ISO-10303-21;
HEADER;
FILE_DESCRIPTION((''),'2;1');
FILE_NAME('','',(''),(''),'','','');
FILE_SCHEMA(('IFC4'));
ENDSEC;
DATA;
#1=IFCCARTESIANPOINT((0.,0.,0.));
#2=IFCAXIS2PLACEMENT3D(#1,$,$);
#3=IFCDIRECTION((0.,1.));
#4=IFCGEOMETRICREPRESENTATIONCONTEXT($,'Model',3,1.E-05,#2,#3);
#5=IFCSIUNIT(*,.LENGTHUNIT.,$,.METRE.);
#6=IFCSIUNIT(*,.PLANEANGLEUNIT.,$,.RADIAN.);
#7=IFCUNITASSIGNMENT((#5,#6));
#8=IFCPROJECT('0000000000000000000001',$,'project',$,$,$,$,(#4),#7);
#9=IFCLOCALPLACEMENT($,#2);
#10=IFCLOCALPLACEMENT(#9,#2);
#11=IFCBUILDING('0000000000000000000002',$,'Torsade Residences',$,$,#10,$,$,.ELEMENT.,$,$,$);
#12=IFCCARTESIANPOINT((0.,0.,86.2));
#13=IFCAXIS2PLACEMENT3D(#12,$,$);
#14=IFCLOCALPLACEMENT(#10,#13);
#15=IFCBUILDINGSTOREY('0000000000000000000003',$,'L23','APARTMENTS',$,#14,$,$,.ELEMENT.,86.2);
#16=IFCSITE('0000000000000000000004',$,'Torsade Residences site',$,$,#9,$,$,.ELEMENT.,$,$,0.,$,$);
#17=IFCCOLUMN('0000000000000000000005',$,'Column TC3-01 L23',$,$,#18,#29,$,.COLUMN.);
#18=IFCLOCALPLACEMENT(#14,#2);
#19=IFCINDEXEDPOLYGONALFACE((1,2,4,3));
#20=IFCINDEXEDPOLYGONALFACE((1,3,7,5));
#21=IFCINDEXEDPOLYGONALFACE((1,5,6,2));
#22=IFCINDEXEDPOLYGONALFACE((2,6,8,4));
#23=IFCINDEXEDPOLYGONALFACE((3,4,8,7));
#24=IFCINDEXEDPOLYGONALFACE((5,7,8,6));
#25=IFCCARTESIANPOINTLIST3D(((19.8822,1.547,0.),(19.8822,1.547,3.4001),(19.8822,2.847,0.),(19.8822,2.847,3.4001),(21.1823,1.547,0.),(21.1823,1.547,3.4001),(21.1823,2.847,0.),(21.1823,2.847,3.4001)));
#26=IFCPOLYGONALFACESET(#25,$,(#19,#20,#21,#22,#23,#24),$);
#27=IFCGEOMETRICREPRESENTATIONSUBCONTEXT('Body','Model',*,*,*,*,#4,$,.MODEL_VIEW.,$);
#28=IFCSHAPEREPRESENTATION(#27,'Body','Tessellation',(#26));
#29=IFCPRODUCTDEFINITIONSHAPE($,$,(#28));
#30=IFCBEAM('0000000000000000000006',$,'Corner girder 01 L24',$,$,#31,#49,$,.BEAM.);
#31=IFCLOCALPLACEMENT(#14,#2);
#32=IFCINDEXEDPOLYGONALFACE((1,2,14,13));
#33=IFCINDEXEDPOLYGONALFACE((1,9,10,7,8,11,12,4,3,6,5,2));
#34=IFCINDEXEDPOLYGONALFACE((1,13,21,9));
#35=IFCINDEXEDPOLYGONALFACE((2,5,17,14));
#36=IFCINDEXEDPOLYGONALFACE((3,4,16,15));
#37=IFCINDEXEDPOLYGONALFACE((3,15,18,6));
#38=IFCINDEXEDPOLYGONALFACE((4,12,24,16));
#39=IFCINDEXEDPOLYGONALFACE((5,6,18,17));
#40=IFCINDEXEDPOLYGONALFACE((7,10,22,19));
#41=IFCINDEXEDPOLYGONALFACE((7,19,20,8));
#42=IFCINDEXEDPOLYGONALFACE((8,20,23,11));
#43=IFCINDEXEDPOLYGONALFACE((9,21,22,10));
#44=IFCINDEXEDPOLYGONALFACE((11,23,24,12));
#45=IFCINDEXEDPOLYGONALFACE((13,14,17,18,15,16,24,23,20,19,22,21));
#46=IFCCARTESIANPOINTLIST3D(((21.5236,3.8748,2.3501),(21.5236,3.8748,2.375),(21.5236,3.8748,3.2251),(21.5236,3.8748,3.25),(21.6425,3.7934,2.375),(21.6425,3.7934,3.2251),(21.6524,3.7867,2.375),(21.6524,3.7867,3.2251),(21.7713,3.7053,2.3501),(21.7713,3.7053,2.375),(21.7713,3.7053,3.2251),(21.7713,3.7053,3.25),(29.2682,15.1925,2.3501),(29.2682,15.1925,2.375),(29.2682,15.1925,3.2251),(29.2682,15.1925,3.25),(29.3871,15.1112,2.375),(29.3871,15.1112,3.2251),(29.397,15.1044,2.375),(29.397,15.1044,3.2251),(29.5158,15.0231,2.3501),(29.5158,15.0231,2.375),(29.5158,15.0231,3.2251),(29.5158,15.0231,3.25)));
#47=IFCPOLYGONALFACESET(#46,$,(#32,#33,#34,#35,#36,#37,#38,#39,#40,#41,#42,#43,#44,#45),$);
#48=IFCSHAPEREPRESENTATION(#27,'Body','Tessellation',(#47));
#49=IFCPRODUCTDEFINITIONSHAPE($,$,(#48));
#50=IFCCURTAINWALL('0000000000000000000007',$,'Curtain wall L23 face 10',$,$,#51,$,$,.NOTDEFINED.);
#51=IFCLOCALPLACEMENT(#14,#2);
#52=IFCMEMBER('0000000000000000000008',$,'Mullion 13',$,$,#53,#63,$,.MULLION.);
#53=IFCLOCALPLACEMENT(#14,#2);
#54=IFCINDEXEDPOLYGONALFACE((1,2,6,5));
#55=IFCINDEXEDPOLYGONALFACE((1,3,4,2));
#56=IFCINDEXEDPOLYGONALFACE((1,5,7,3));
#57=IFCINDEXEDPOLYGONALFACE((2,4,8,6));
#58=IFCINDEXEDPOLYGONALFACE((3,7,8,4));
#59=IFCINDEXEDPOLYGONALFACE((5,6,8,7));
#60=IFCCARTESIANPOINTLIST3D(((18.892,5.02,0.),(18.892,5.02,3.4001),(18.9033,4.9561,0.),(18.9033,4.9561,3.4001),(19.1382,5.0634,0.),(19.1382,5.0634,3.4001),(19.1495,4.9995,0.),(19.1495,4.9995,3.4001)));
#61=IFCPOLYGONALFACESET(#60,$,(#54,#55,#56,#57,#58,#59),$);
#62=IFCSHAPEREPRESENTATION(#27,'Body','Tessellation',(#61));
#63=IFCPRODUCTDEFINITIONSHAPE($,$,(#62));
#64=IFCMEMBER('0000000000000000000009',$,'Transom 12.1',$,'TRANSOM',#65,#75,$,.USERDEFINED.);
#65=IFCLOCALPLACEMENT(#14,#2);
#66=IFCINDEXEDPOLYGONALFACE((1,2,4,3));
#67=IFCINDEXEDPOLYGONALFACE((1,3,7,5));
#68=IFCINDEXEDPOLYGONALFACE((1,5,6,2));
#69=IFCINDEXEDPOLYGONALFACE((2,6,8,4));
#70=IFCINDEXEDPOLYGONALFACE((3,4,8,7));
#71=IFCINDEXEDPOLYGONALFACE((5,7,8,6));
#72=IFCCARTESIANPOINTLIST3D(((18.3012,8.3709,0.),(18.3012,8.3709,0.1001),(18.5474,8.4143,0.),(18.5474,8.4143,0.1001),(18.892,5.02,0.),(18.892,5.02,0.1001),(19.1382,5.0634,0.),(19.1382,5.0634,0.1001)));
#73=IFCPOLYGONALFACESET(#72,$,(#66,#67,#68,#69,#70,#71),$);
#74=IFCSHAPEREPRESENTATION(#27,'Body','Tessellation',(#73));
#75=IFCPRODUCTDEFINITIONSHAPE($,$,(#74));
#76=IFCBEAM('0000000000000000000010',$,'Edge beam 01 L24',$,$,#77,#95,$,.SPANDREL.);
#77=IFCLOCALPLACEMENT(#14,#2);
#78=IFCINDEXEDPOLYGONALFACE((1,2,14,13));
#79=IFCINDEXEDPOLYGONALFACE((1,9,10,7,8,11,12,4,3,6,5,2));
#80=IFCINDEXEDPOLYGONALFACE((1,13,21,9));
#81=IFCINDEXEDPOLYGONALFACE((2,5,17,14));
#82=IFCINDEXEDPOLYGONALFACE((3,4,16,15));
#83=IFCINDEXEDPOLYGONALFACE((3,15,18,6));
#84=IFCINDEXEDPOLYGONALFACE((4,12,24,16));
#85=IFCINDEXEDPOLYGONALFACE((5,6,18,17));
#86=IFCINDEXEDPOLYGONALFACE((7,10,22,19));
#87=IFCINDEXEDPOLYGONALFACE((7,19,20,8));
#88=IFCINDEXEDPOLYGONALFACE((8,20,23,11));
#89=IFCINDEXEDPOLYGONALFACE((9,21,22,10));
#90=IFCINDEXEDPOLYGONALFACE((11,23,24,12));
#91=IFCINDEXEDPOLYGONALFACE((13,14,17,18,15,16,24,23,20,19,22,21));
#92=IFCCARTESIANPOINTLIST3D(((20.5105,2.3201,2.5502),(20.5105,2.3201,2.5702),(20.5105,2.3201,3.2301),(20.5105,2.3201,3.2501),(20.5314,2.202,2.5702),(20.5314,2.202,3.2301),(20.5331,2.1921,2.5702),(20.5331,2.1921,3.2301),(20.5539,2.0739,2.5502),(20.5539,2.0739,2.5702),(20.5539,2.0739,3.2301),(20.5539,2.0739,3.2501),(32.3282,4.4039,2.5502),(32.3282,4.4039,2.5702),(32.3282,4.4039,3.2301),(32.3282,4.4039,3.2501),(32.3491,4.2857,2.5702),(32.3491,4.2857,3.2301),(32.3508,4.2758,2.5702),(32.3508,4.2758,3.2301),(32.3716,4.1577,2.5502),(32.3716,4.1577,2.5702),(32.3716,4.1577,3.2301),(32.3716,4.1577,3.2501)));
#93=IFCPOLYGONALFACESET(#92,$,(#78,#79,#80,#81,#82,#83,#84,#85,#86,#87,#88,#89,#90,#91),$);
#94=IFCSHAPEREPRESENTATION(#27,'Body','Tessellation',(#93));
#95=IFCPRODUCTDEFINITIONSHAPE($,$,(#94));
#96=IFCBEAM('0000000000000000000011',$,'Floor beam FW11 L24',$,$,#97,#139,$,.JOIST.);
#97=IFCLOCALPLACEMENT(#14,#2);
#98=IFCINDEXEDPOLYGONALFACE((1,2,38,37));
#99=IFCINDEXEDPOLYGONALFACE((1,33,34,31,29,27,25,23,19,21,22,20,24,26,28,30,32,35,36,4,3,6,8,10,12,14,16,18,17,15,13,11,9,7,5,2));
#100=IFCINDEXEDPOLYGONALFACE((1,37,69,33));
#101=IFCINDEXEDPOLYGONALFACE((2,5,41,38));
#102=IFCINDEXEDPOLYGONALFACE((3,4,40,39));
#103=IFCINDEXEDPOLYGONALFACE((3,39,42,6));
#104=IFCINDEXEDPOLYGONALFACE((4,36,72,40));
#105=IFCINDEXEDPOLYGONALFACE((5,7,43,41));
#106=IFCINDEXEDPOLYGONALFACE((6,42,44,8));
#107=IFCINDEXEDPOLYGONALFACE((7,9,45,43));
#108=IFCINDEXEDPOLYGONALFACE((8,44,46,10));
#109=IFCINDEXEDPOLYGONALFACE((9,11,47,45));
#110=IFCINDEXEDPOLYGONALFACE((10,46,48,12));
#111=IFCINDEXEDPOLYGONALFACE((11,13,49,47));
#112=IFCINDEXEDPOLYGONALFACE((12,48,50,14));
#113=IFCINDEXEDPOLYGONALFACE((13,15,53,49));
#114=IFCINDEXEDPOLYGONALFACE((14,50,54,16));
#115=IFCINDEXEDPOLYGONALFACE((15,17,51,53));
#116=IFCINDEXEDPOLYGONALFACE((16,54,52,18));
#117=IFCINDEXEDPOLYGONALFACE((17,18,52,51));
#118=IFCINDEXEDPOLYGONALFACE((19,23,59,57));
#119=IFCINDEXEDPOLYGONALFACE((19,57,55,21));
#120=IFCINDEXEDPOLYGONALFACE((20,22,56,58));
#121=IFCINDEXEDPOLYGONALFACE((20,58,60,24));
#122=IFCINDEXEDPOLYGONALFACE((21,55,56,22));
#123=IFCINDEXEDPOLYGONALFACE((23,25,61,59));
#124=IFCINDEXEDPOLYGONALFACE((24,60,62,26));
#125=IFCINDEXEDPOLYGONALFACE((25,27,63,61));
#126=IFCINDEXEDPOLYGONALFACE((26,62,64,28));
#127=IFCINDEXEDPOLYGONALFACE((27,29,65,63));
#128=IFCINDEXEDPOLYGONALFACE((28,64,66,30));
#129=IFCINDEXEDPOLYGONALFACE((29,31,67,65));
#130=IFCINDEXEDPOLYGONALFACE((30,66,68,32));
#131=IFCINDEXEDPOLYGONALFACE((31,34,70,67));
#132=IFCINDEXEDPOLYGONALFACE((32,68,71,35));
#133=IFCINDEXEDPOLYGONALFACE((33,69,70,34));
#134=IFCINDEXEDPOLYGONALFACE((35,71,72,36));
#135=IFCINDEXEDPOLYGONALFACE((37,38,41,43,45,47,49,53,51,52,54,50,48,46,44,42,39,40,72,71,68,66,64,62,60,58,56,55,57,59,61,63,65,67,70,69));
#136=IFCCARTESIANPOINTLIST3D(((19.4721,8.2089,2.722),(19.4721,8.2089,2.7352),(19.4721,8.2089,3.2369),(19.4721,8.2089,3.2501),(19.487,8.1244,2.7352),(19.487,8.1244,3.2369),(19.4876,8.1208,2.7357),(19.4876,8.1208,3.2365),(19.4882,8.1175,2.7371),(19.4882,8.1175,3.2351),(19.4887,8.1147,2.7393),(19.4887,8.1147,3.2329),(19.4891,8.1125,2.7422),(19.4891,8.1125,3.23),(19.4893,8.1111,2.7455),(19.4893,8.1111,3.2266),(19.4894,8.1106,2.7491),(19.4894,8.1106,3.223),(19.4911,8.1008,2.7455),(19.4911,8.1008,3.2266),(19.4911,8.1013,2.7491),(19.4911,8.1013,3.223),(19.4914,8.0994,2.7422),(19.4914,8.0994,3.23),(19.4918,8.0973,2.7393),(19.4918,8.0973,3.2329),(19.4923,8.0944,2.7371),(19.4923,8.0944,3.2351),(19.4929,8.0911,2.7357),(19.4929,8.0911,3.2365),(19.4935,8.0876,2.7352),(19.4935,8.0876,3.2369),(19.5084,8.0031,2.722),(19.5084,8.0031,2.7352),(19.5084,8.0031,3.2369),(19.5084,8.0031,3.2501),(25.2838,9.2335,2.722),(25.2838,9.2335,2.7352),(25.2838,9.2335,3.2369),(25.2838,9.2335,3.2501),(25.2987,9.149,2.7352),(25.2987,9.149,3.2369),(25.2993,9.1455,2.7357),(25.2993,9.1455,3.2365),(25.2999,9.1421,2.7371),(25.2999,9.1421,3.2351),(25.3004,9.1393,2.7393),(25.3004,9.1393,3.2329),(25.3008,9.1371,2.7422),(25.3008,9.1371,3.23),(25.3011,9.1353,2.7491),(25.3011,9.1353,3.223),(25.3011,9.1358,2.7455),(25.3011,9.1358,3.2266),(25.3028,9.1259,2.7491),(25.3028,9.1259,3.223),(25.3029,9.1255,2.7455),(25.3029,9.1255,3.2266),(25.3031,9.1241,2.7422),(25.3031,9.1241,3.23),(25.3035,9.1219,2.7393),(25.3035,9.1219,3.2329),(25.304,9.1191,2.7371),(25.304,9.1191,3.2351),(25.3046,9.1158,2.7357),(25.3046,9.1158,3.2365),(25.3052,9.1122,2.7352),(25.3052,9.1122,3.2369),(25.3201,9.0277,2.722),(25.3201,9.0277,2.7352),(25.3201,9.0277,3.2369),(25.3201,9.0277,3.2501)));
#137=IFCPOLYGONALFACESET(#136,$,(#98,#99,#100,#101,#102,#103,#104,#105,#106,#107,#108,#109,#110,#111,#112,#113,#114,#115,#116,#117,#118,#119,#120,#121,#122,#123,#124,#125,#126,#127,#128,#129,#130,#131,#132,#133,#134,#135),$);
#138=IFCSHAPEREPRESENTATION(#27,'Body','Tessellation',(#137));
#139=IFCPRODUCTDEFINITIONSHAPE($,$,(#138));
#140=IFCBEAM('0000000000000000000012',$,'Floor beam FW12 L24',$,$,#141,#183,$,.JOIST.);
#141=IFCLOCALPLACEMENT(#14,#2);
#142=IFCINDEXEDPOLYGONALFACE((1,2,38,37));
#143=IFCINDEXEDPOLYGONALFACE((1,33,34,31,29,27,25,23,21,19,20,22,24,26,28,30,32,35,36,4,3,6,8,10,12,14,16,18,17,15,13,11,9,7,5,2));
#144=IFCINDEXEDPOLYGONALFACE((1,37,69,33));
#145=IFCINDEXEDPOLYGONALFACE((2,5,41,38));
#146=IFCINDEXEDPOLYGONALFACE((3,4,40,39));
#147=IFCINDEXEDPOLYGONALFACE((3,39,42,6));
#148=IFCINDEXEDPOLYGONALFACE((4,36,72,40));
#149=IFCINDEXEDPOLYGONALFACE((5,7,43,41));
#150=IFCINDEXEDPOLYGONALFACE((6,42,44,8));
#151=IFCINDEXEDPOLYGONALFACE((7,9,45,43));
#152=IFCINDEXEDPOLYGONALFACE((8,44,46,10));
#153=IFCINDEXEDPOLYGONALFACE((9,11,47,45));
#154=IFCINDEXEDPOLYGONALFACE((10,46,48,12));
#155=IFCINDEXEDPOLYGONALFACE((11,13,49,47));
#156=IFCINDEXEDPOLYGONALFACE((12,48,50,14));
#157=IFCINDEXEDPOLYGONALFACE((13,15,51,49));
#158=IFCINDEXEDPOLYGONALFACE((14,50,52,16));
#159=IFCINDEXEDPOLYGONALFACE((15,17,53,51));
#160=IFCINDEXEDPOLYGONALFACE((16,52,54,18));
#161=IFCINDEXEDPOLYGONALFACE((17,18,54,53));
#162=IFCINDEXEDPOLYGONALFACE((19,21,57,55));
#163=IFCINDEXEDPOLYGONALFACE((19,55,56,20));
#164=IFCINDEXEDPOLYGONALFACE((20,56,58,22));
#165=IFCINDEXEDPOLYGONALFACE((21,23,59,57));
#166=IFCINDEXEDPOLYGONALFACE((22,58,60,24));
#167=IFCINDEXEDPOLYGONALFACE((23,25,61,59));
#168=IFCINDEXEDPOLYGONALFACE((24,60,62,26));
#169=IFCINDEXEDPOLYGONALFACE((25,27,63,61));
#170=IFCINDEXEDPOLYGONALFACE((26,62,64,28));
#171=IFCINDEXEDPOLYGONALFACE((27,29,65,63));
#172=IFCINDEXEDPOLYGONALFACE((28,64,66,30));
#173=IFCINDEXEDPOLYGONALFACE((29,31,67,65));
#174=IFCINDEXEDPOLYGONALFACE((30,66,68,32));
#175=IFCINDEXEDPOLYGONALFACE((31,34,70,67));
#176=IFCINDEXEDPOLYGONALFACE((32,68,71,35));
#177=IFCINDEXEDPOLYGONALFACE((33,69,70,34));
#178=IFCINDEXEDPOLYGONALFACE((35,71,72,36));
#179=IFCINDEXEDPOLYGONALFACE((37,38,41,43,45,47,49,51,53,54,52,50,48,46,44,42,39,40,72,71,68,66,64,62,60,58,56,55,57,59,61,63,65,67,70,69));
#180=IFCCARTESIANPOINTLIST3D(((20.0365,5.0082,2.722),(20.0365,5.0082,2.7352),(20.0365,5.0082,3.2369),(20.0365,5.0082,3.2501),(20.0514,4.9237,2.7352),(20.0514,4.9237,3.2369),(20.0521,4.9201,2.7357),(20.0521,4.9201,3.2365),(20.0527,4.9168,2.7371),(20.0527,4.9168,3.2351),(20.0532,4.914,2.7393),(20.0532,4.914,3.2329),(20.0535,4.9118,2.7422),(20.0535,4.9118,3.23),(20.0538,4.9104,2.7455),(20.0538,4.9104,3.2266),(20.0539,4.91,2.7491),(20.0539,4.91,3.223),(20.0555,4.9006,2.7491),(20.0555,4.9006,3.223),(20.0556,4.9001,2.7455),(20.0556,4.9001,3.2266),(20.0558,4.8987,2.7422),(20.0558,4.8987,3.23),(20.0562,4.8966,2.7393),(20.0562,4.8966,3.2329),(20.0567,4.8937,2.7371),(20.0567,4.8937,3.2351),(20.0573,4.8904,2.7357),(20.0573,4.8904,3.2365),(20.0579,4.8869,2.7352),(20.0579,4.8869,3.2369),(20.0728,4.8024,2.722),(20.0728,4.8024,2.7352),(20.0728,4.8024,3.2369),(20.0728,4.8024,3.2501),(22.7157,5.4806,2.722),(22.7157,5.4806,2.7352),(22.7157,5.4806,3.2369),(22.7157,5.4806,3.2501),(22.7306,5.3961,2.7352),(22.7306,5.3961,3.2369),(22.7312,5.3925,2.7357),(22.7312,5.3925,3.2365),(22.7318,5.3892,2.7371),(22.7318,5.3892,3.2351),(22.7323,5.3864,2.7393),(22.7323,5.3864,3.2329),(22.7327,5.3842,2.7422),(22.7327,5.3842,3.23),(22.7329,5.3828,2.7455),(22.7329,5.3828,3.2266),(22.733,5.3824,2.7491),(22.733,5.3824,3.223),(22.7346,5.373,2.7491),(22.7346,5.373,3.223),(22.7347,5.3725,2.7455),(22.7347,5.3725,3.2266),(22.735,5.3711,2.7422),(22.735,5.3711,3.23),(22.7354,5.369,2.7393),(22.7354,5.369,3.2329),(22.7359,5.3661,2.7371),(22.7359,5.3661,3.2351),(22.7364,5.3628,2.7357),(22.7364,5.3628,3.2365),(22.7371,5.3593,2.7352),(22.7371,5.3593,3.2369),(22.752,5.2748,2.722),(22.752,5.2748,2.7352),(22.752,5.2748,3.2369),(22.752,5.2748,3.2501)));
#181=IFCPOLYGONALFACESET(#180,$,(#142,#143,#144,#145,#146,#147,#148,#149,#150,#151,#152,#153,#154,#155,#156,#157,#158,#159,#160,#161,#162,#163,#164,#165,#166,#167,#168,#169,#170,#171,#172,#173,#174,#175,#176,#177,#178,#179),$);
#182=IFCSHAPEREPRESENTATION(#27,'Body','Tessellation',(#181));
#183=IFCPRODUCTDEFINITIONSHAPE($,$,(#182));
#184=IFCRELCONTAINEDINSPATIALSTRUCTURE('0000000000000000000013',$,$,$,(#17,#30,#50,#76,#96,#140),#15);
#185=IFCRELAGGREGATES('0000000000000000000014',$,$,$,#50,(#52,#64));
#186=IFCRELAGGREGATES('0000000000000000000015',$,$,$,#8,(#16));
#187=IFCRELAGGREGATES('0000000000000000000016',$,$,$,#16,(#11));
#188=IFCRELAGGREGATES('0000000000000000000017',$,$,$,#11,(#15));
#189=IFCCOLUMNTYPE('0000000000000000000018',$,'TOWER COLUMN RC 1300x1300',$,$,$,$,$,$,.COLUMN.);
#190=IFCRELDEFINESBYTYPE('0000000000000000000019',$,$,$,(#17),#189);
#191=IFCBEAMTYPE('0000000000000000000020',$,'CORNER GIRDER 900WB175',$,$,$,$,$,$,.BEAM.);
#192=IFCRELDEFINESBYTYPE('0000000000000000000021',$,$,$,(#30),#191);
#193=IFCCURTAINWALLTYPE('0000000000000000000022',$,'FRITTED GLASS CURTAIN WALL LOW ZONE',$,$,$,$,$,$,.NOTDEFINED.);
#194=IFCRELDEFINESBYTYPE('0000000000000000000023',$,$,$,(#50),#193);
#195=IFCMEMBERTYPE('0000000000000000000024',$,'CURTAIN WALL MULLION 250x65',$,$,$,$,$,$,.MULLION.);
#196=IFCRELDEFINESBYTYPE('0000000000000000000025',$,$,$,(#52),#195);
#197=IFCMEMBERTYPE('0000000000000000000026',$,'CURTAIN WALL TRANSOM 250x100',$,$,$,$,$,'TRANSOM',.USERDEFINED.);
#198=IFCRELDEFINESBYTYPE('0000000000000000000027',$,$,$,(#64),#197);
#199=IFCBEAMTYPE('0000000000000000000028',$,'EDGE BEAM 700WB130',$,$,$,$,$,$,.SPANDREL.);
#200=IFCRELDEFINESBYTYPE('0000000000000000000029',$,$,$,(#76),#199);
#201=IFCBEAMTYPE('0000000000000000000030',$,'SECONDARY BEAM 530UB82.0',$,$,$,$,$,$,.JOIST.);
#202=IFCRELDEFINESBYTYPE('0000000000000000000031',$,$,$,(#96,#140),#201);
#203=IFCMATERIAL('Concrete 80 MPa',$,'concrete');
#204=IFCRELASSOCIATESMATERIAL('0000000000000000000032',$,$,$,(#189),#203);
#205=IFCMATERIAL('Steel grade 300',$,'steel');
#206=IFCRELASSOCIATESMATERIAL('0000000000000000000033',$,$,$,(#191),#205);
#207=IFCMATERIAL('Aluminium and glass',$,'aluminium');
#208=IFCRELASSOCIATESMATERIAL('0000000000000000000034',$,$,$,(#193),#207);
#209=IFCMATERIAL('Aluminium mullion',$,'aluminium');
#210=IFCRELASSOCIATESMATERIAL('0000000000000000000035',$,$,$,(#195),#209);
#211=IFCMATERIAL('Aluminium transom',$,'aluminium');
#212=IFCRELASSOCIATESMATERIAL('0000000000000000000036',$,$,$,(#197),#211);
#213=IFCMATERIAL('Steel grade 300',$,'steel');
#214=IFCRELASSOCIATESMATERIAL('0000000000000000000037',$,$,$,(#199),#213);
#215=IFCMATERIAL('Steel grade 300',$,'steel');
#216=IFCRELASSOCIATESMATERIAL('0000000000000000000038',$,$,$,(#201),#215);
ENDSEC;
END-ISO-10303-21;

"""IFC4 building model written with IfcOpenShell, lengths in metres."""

from ifc_helpers import new_model, si_unit, direction, frame, origin, origin_2d, place, context, subcontext, project, spatial, rectangle, i_section, extrude, material, material_profile, profile_set, type_object, element, aggregate, save


model = new_model("IFC4")

# Units and contexts
model_context = context("Model", 3, precision=1e-05, world=origin(), true_north=direction((0.0, 1.0)))
body_context = subcontext(model_context, "Body", "Model", "MODEL_VIEW")
ifc_project = project(units=[si_unit("LENGTHUNIT", "METRE"), si_unit("PLANEANGLEUNIT", "RADIAN")], contexts=[model_context])

# Site, building, storey
site_placement = place(None, origin())
site = spatial("IfcSite", under=ifc_project, at=site_placement, Name="Torsade Residences site", CompositionType="ELEMENT", RefElevation=0.0)
building_placement = place(site_placement, origin())
building = spatial("IfcBuilding", under=site, at=building_placement, Name="Torsade Residences", CompositionType="ELEMENT")
storey_placement = place(building_placement, frame((0.0, 0.0, 86.2)))
storey = spatial("IfcBuildingStorey", under=building, at=storey_placement, Name="L23", Description="APARTMENTS", CompositionType="ELEMENT", Elevation=86.2)

# Column
ifc_material_1 = material(Name="Concrete 80 MPa", Category="concrete")
ifc_material_profile_1 = material_profile(ifc_material_1, rectangle(XDim=1.3, YDim=1.3, at=origin_2d()), Name="RC 1300x1300")
ifc_profile_set_1 = profile_set([ifc_material_profile_1], Name="Concrete 80 MPa")
column_type = type_object("IfcColumnType", Name="TOWER COLUMN RC 1300x1300", PredefinedType="COLUMN", material=ifc_profile_set_1)
column_placement = place(storey_placement, frame((20.5322, 2.197, 0.0), z_axis=(0.0, 0.0, 1.0), x_axis=(1.0, 0.0, 0.0)))
element("IfcColumn", 1, at=column_placement, inside=storey, type_object=column_type, Name="Column TC3-01 L23", PredefinedType="COLUMN", context=body_context, shape_type="SweptSolid", body=[
    extrude(rectangle(XDim=1.3, YDim=1.3, at=origin_2d()), origin(), (0.0, 0.0, 1.0), 3.4001),
])

# Beam
ifc_material_2 = material(Name="Steel grade 300", Category="steel")
ifc_material_profile_2 = material_profile(ifc_material_2, i_section(OverallWidth=0.3, OverallDepth=0.8999, WebThickness=0.012, FlangeThickness=0.0249, at=origin_2d()), Name="900WB175")
ifc_profile_set_2 = profile_set([ifc_material_profile_2], Name="Steel grade 300")
beam_type_1 = type_object("IfcBeamType", Name="CORNER GIRDER 900WB175", PredefinedType="BEAM", material=ifc_profile_set_2)
beam_1_placement = place(storey_placement, frame((21.6475, 3.79, 2.8), z_axis=(0.564725, 0.825279, 0.0), x_axis=(-0.825279, 0.564725, 0.0)))
element("IfcBeam", 2, at=beam_1_placement, inside=storey, type_object=beam_type_1, Name="Corner girder 01 L24", PredefinedType="BEAM", context=body_context, shape_type="SweptSolid", body=[
    extrude(i_section(OverallWidth=0.3, OverallDepth=0.8999, WebThickness=0.012, FlangeThickness=0.0249, at=origin_2d()), origin(), (0.0, 0.0, 1.0), 13.7139),
])

# Curtain wall, members
ifc_material_3 = material(Name="Aluminium and glass", Category="aluminium")
curtain_wall_type = type_object("IfcCurtainWallType", Name="FRITTED GLASS CURTAIN WALL LOW ZONE", PredefinedType="NOTDEFINED", material=ifc_material_3)
curtain_wall_placement = place(storey_placement, origin())
curtain_wall = element("IfcCurtainWall", 3, at=curtain_wall_placement, inside=storey, type_object=curtain_wall_type, Name="Curtain wall L23 face 10", PredefinedType="NOTDEFINED")
ifc_material_4 = material(Name="Aluminium mullion", Category="aluminium")
ifc_material_profile_3 = material_profile(ifc_material_4, rectangle(XDim=0.25, YDim=0.0649, at=origin_2d()), Name="CURTAIN WALL MULLION 250x65")
ifc_profile_set_3 = profile_set([ifc_material_profile_3], Name="Aluminium mullion")
member_type_1 = type_object("IfcMemberType", Name="CURTAIN WALL MULLION 250x65", PredefinedType="MULLION", material=ifc_profile_set_3)
member_1_placement = place(storey_placement, frame((19.0208, 5.0098, 0.0), z_axis=(0.0, 0.0, 1.0), x_axis=(0.984808, 0.173648, 0.0)))
member_1 = element("IfcMember", 4, at=member_1_placement, type_object=member_type_1, Name="Mullion 13", PredefinedType="MULLION", context=body_context, shape_type="SweptSolid", body=[
    extrude(rectangle(XDim=0.25, YDim=0.0649, at=origin_2d()), origin(), (0.0, 0.0, 1.0), 3.4001),
])
ifc_material_5 = material(Name="Aluminium transom", Category="aluminium")
ifc_material_profile_4 = material_profile(ifc_material_5, rectangle(XDim=0.25, YDim=0.1001, at=origin_2d()), Name="CURTAIN WALL TRANSOM 250x100")
ifc_profile_set_4 = profile_set([ifc_material_profile_4], Name="Aluminium transom")
member_type_2 = type_object("IfcMemberType", Name="CURTAIN WALL TRANSOM 250x100", ElementType="TRANSOM", PredefinedType="USERDEFINED", material=ifc_profile_set_4)
member_2_placement = place(storey_placement, frame((18.4243, 8.3926, 0.05), z_axis=(0.173642, -0.984809, 0.0), x_axis=(0.984809, 0.173642, 0.0)))
member_2 = element("IfcMember", 5, at=member_2_placement, type_object=member_type_2, Name="Transom 12.1", ObjectType="TRANSOM", PredefinedType="USERDEFINED", context=body_context, shape_type="SweptSolid", body=[
    extrude(rectangle(XDim=0.25, YDim=0.1001, at=origin_2d()), origin(), (0.0, 0.0, 1.0), 3.4026),
])

# Beams
ifc_material_6 = material(Name="Steel grade 300", Category="steel")
ifc_material_profile_5 = material_profile(ifc_material_6, i_section(OverallWidth=0.25, OverallDepth=0.7, WebThickness=0.01, FlangeThickness=0.02, at=origin_2d()), Name="700WB130")
ifc_profile_set_5 = profile_set([ifc_material_profile_5], Name="Steel grade 300")
beam_type_2 = type_object("IfcBeamType", Name="EDGE BEAM 700WB130", PredefinedType="SPANDREL", material=ifc_profile_set_5)
beam_2_placement = place(storey_placement, frame((20.5322, 2.197, 2.9001), z_axis=(0.984808, 0.173646, 0.0), x_axis=(-0.173646, 0.984808, 0.0)))
element("IfcBeam", 6, at=beam_2_placement, inside=storey, type_object=beam_type_2, Name="Edge beam 01 L24", PredefinedType="SPANDREL", context=body_context, shape_type="SweptSolid", body=[
    extrude(i_section(OverallWidth=0.25, OverallDepth=0.7, WebThickness=0.01, FlangeThickness=0.02, at=origin_2d()), origin(), (0.0, 0.0, 1.0), 12.0),
])
ifc_material_7 = material(Name="Steel grade 300", Category="steel")
ifc_material_profile_6 = material_profile(ifc_material_7, i_section(OverallWidth=0.209, OverallDepth=0.5281, WebThickness=0.0095, FlangeThickness=0.0132, FilletRadius=0.0139, at=origin_2d()), Name="530UB82.0")
ifc_profile_set_6 = profile_set([ifc_material_profile_6], Name="Steel grade 300")
beam_type_3 = type_object("IfcBeamType", Name="SECONDARY BEAM 530UB82.0", PredefinedType="JOIST", material=ifc_profile_set_6)
beam_3_placement = place(storey_placement, frame((19.4902, 8.106, 2.9861), z_axis=(0.984811, 0.17363, 0.0), x_axis=(-0.17363, 0.984811, 0.0)))
element("IfcBeam", 7, at=beam_3_placement, inside=storey, type_object=beam_type_3, Name="Floor beam FW11 L24", PredefinedType="JOIST", context=body_context, shape_type="SweptSolid", body=[
    extrude(i_section(OverallWidth=0.209, OverallDepth=0.5281, WebThickness=0.0095, FlangeThickness=0.0132, FilletRadius=0.0139, at=origin_2d()), origin(), (0.0, 0.0, 1.0), 5.9014),
])
beam_4_placement = place(storey_placement, frame((20.0547, 4.9053, 2.9861), z_axis=(0.984808, 0.173647, 0.0), x_axis=(-0.173647, 0.984808, 0.0)))
element("IfcBeam", 8, at=beam_4_placement, inside=storey, type_object=beam_type_3, Name="Floor beam FW12 L24", PredefinedType="JOIST", context=body_context, shape_type="SweptSolid", body=[
    extrude(i_section(OverallWidth=0.209, OverallDepth=0.5281, WebThickness=0.0095, FlangeThickness=0.0132, FilletRadius=0.0139, at=origin_2d()), origin(), (0.0, 0.0, 1.0), 2.7205),
])

aggregate(curtain_wall, [member_1, member_2])

save(model, "model.ifc")
